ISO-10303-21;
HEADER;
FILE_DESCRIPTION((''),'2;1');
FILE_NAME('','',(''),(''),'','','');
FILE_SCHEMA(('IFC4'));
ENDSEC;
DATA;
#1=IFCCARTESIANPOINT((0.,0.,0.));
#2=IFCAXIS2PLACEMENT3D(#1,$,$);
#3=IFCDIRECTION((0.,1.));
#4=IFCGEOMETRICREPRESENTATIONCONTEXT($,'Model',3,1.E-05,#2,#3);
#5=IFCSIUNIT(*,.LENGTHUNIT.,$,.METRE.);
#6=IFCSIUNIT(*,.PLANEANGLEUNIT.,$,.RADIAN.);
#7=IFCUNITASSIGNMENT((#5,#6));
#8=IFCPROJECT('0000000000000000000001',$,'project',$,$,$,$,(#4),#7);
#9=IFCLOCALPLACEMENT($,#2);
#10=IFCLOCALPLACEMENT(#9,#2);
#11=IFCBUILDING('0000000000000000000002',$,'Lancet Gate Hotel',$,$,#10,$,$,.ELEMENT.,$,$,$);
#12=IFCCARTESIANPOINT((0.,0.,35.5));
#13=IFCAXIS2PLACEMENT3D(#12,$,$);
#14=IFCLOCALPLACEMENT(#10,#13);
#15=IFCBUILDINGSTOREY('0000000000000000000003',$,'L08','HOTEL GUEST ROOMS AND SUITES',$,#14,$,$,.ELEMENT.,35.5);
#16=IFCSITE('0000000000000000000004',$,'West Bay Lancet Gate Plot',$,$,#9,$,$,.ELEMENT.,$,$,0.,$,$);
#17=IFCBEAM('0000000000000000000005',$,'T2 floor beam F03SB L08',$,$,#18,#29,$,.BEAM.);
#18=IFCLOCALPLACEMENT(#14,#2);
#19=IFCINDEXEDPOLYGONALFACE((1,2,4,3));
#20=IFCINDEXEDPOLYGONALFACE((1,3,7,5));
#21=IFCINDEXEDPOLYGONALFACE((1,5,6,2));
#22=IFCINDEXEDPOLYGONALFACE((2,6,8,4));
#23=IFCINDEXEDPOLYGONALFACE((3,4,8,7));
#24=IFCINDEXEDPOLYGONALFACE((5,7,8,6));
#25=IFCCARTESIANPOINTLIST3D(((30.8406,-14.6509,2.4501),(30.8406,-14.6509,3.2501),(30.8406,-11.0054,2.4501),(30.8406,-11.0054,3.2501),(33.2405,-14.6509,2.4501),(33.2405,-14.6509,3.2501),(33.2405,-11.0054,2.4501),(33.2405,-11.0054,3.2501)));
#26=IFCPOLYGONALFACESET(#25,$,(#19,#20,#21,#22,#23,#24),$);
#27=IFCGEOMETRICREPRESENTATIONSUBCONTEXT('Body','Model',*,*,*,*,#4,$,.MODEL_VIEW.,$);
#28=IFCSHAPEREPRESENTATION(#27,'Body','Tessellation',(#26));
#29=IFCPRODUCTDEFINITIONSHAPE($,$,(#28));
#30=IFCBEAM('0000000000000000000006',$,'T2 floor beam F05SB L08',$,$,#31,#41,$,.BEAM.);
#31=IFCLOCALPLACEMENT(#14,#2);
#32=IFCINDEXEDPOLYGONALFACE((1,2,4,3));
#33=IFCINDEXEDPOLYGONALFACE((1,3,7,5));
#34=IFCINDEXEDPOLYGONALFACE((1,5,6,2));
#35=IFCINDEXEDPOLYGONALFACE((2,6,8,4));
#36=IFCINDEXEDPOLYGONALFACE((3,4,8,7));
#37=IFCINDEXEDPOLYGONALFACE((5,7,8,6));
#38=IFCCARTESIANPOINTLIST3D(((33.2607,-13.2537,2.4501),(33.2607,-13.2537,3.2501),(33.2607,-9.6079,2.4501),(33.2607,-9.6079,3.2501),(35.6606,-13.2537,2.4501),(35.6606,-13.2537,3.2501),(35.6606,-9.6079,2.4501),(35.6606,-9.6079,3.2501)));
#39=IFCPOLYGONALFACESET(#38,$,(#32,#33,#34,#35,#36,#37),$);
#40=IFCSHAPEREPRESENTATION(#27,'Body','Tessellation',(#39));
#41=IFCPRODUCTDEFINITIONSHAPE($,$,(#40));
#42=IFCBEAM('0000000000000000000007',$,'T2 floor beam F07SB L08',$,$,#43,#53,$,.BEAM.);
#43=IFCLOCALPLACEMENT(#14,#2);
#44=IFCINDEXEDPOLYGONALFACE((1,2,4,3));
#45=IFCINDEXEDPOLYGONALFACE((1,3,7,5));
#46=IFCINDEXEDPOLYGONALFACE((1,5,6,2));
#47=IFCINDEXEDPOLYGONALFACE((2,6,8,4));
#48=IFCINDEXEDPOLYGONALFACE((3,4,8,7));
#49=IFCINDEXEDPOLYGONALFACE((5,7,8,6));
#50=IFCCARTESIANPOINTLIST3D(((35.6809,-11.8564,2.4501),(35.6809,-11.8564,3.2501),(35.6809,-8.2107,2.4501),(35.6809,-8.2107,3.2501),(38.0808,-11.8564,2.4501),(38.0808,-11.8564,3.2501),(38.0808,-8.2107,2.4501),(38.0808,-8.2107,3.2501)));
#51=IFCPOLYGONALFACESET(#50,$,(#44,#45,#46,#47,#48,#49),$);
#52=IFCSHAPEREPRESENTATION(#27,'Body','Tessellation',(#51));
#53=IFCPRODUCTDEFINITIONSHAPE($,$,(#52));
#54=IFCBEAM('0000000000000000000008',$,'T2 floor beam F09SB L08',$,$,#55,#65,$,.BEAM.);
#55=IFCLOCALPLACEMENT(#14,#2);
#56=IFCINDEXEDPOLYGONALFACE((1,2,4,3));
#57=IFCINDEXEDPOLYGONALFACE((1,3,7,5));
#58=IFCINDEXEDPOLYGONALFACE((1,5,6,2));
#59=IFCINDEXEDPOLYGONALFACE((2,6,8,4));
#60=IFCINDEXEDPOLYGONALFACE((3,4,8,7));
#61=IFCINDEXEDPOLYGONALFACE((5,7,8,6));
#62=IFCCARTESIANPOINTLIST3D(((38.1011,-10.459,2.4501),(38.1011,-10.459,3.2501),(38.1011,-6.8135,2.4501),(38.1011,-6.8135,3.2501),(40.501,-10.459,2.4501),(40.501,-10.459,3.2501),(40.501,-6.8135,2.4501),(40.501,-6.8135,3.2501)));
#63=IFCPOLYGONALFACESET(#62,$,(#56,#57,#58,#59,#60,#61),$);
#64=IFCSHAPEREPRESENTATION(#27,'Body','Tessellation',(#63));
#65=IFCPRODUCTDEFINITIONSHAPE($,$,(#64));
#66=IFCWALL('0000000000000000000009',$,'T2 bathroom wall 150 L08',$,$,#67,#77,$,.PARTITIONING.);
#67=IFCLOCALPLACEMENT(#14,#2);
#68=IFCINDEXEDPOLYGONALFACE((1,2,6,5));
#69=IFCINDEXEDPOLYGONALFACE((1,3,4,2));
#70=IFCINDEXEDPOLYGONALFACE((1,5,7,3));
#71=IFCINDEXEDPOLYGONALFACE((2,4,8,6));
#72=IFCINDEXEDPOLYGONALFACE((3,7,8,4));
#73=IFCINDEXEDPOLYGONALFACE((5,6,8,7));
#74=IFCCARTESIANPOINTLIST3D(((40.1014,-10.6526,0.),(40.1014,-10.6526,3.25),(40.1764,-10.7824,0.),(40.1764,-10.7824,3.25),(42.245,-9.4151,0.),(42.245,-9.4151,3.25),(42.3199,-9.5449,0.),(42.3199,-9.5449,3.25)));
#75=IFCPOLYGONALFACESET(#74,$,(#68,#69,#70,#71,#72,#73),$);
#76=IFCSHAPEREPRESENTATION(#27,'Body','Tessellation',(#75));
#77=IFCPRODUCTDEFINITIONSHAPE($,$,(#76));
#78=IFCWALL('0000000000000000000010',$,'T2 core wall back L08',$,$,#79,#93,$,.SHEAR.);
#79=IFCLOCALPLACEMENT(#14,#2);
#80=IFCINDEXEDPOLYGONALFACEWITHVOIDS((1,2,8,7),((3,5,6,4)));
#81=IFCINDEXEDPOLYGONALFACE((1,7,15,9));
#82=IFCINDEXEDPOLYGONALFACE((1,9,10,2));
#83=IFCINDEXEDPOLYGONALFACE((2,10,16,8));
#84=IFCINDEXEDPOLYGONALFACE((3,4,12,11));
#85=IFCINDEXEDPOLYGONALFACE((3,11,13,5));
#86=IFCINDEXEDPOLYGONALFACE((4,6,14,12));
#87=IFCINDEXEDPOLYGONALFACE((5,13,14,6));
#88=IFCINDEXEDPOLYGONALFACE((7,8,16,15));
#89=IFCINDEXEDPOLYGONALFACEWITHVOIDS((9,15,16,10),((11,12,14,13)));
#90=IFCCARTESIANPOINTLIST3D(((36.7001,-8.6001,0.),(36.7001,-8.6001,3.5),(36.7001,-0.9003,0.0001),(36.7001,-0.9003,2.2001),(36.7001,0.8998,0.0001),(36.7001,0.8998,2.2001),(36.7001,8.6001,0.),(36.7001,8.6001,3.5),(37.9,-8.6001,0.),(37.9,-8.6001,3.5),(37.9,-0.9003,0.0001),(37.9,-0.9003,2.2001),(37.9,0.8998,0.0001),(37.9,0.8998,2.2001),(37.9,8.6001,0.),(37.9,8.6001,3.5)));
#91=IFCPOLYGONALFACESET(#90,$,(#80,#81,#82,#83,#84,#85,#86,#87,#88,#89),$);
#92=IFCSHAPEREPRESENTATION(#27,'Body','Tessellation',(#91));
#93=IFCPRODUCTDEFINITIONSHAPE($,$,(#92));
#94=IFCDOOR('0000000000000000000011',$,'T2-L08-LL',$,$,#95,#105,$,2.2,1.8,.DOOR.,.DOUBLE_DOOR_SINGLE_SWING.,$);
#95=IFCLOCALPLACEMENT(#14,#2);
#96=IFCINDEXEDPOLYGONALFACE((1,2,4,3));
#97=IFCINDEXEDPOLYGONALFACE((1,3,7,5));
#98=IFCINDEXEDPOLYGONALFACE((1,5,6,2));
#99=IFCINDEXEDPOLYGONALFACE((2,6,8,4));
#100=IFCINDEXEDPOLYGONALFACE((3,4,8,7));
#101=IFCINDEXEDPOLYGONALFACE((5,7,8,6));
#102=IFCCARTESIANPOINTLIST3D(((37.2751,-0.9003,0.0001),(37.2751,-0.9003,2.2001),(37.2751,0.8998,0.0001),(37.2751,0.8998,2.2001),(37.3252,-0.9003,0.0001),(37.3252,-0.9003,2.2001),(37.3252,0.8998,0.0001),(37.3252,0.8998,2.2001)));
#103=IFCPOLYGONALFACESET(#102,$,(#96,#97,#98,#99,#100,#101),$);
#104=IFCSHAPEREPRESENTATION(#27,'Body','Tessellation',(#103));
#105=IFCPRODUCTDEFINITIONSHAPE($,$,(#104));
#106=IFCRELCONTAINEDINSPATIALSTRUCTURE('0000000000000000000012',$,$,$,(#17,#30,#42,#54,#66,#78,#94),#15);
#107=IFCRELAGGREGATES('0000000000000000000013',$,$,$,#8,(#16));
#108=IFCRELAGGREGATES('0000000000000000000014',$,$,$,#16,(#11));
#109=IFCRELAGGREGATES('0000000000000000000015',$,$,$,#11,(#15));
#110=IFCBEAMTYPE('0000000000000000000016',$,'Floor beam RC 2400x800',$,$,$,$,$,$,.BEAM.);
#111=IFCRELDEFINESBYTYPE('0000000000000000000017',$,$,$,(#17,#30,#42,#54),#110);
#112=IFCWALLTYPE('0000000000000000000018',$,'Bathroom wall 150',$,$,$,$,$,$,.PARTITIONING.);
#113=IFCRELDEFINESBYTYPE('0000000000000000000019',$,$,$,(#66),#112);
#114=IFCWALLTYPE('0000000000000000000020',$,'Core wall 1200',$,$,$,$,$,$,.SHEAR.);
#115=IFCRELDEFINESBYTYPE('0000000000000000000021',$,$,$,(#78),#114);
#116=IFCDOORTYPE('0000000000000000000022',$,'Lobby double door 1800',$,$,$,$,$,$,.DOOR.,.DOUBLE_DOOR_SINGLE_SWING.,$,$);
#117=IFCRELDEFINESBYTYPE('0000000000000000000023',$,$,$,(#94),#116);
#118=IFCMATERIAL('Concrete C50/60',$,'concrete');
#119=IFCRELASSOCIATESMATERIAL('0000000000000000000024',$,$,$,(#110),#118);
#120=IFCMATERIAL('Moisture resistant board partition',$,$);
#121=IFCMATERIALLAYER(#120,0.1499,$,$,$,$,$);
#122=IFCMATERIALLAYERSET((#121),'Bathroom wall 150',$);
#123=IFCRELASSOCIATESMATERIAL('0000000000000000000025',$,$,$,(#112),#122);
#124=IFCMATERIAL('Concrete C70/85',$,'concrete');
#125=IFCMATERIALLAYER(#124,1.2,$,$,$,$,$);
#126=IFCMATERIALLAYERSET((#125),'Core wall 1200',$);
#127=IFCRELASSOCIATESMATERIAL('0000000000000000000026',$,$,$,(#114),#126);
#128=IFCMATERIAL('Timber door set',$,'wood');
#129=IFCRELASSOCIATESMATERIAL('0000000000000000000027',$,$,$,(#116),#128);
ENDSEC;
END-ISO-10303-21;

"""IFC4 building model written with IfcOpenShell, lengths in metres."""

from ifc_helpers import new_model, si_unit, direction, frame, frame_2d, origin, origin_2d, place, context, subcontext, project, spatial, rectangle, extrude, material, layer, layer_set, material_profile, profile_set, type_object, element, fill, save


model = new_model("IFC4")

# Units and contexts
model_context = context("Model", 3, precision=1e-05, world=origin(), true_north=direction((0.0, 1.0)))
body_context = subcontext(model_context, "Body", "Model", "MODEL_VIEW")
ifc_project = project(units=[si_unit("LENGTHUNIT", "METRE"), si_unit("PLANEANGLEUNIT", "RADIAN")], contexts=[model_context])

# Site, building, storey
site_placement = place(None, origin())
site = spatial("IfcSite", under=ifc_project, at=site_placement, Name="West Bay Lancet Gate Plot", CompositionType="ELEMENT", RefElevation=0.0)
building_placement = place(site_placement, origin())
building = spatial("IfcBuilding", under=site, at=building_placement, Name="Lancet Gate Hotel", CompositionType="ELEMENT")
storey_placement = place(building_placement, frame((0.0, 0.0, 35.5)))
storey = spatial("IfcBuildingStorey", under=building, at=storey_placement, Name="L08", Description="HOTEL GUEST ROOMS AND SUITES", CompositionType="ELEMENT", Elevation=35.5)

# Beams
ifc_material_1 = material(Name="Concrete C50/60", Category="concrete")
ifc_material_profile = material_profile(ifc_material_1, rectangle(XDim=2.3999, YDim=0.8, at=origin_2d()), Name="RC 2400x800")
ifc_profile_set = profile_set([ifc_material_profile], Name="Concrete C50/60")
beam_type = type_object("IfcBeamType", Name="Floor beam RC 2400x800", PredefinedType="BEAM", material=ifc_profile_set)
beam_1_placement = place(storey_placement, frame((32.0405, -14.6509, 2.8501), z_axis=(0.0, 1.0, 0.0), x_axis=(-1.0, 0.0, 0.0)))
element("IfcBeam", 1, at=beam_1_placement, inside=storey, type_object=beam_type, Name="T2 floor beam F03SB L08", PredefinedType="BEAM", context=body_context, shape_type="SweptSolid", body=[
    extrude(rectangle(XDim=2.3999, YDim=0.8, at=origin_2d()), origin(), (0.0, 0.0, 1.0), 3.6455),
])
for number, where, z_axis, x_axis, name in (
    (2, (34.4607, -13.2537, 2.8501), (0.0, 1.0, 0.0), (-1.0, 0.0, 0.0), "T2 floor beam F05SB L08"),
    (3, (36.8809, -11.8564, 2.8501), (0.0, 1.0, 0.0), (-1.0, 0.0, 0.0), "T2 floor beam F07SB L08"),
):
    element("IfcBeam", number, at=place(storey_placement, frame(where, z_axis=z_axis, x_axis=x_axis)), inside=storey, type_object=beam_type, Name=name, PredefinedType="BEAM", context=body_context, shape_type="SweptSolid", body=[
        extrude(rectangle(XDim=2.3999, YDim=0.8, at=origin_2d()), origin(), (0.0, 0.0, 1.0), 3.6458),
    ])
beam_2_placement = place(storey_placement, frame((39.301, -10.459, 2.8501), z_axis=(0.0, 1.0, 0.0), x_axis=(-1.0, 0.0, 0.0)))
element("IfcBeam", 4, at=beam_2_placement, inside=storey, type_object=beam_type, Name="T2 floor beam F09SB L08", PredefinedType="BEAM", context=body_context, shape_type="SweptSolid", body=[
    extrude(rectangle(XDim=2.3999, YDim=0.8, at=origin_2d()), origin(), (0.0, 0.0, 1.0), 3.6455),
])

# Wall
ifc_material_2 = material(Name="Moisture resistant board partition")
ifc_layer_1 = layer(ifc_material_2, 0.1499)
ifc_layer_set_1 = layer_set([ifc_layer_1], Name="Bathroom wall 150")
wall_type_1 = type_object("IfcWallType", Name="Bathroom wall 150", PredefinedType="PARTITIONING", material=ifc_layer_set_1)
wall_1_placement = place(storey_placement, frame((40.1389, -10.7175, 0.0), z_axis=(0.0, 0.0, 1.0), x_axis=(0.866031, 0.49999, 0.0)))
element("IfcWall", 5, at=wall_1_placement, inside=storey, type_object=wall_type_1, Name="T2 bathroom wall 150 L08", PredefinedType="PARTITIONING", context=body_context, shape_type="SweptSolid", body=[
    extrude(rectangle(XDim=2.4751, YDim=0.1499, at=frame_2d((1.2375, 0.0))), origin(), (0.0, 0.0, 1.0), 3.25),
])

# Wall, opening, door
ifc_material_3 = material(Name="Concrete C70/85", Category="concrete")
ifc_layer_2 = layer(ifc_material_3, 1.2)
ifc_layer_set_2 = layer_set([ifc_layer_2], Name="Core wall 1200")
wall_type_2 = type_object("IfcWallType", Name="Core wall 1200", PredefinedType="SHEAR", material=ifc_layer_set_2)
wall_2_placement = place(storey_placement, frame((37.3, -8.6001, 0.0), z_axis=(0.0, 0.0, 1.0), x_axis=(0.0, 1.0, 0.0)))
wall_2 = element("IfcWall", 6, at=wall_2_placement, inside=storey, type_object=wall_type_2, Name="T2 core wall back L08", PredefinedType="SHEAR", context=body_context, shape_type="SweptSolid", body=[
    extrude(rectangle(XDim=17.2002, YDim=1.2, at=frame_2d((8.6001, 0.0))), origin(), (0.0, 0.0, 1.0), 3.5),
])
opening_1_placement = place(wall_2_placement, frame((7.7, 0.0, 0.0)))
opening_1 = element("IfcOpeningElement", 7, at=opening_1_placement, cuts=wall_2, PredefinedType="OPENING", context=body_context, shape_type="SweptSolid", body=[
    extrude(rectangle(XDim=1.8, YDim=2.2, at=frame_2d((0.8999, 1.1001))), frame((0.0, 0.6099, 0.0), z_axis=(0.0, -1.0, 0.0), x_axis=(1.0, 0.0, 0.0)), (0.0, 0.0, 1.0), 1.22),
])
ifc_material_4 = material(Name="Timber door set", Category="wood")
door_type_1 = type_object("IfcDoorType", Name="Lobby double door 1800", OperationType="DOUBLE_DOOR_SINGLE_SWING", PredefinedType="DOOR", material=ifc_material_4)
door_1_placement = place(opening_1_placement, origin())
door_1 = element("IfcDoor", 8, at=door_1_placement, inside=storey, type_object=door_type_1, Name="T2-L08-LL", OperationType="DOUBLE_DOOR_SINGLE_SWING", OverallHeight=2.2, OverallWidth=1.8, PredefinedType="DOOR", context=body_context, shape_type="SweptSolid", body=[
    extrude(rectangle(XDim=1.8, YDim=2.2, at=frame_2d((0.8999, 1.1001))), frame((0.0, 0.0249, 0.0), z_axis=(0.0, -1.0, 0.0), x_axis=(1.0, 0.0, 0.0)), (0.0, 0.0, 1.0), 0.05),
])
fill(opening_1, door_1)

save(model, "model.ifc")
